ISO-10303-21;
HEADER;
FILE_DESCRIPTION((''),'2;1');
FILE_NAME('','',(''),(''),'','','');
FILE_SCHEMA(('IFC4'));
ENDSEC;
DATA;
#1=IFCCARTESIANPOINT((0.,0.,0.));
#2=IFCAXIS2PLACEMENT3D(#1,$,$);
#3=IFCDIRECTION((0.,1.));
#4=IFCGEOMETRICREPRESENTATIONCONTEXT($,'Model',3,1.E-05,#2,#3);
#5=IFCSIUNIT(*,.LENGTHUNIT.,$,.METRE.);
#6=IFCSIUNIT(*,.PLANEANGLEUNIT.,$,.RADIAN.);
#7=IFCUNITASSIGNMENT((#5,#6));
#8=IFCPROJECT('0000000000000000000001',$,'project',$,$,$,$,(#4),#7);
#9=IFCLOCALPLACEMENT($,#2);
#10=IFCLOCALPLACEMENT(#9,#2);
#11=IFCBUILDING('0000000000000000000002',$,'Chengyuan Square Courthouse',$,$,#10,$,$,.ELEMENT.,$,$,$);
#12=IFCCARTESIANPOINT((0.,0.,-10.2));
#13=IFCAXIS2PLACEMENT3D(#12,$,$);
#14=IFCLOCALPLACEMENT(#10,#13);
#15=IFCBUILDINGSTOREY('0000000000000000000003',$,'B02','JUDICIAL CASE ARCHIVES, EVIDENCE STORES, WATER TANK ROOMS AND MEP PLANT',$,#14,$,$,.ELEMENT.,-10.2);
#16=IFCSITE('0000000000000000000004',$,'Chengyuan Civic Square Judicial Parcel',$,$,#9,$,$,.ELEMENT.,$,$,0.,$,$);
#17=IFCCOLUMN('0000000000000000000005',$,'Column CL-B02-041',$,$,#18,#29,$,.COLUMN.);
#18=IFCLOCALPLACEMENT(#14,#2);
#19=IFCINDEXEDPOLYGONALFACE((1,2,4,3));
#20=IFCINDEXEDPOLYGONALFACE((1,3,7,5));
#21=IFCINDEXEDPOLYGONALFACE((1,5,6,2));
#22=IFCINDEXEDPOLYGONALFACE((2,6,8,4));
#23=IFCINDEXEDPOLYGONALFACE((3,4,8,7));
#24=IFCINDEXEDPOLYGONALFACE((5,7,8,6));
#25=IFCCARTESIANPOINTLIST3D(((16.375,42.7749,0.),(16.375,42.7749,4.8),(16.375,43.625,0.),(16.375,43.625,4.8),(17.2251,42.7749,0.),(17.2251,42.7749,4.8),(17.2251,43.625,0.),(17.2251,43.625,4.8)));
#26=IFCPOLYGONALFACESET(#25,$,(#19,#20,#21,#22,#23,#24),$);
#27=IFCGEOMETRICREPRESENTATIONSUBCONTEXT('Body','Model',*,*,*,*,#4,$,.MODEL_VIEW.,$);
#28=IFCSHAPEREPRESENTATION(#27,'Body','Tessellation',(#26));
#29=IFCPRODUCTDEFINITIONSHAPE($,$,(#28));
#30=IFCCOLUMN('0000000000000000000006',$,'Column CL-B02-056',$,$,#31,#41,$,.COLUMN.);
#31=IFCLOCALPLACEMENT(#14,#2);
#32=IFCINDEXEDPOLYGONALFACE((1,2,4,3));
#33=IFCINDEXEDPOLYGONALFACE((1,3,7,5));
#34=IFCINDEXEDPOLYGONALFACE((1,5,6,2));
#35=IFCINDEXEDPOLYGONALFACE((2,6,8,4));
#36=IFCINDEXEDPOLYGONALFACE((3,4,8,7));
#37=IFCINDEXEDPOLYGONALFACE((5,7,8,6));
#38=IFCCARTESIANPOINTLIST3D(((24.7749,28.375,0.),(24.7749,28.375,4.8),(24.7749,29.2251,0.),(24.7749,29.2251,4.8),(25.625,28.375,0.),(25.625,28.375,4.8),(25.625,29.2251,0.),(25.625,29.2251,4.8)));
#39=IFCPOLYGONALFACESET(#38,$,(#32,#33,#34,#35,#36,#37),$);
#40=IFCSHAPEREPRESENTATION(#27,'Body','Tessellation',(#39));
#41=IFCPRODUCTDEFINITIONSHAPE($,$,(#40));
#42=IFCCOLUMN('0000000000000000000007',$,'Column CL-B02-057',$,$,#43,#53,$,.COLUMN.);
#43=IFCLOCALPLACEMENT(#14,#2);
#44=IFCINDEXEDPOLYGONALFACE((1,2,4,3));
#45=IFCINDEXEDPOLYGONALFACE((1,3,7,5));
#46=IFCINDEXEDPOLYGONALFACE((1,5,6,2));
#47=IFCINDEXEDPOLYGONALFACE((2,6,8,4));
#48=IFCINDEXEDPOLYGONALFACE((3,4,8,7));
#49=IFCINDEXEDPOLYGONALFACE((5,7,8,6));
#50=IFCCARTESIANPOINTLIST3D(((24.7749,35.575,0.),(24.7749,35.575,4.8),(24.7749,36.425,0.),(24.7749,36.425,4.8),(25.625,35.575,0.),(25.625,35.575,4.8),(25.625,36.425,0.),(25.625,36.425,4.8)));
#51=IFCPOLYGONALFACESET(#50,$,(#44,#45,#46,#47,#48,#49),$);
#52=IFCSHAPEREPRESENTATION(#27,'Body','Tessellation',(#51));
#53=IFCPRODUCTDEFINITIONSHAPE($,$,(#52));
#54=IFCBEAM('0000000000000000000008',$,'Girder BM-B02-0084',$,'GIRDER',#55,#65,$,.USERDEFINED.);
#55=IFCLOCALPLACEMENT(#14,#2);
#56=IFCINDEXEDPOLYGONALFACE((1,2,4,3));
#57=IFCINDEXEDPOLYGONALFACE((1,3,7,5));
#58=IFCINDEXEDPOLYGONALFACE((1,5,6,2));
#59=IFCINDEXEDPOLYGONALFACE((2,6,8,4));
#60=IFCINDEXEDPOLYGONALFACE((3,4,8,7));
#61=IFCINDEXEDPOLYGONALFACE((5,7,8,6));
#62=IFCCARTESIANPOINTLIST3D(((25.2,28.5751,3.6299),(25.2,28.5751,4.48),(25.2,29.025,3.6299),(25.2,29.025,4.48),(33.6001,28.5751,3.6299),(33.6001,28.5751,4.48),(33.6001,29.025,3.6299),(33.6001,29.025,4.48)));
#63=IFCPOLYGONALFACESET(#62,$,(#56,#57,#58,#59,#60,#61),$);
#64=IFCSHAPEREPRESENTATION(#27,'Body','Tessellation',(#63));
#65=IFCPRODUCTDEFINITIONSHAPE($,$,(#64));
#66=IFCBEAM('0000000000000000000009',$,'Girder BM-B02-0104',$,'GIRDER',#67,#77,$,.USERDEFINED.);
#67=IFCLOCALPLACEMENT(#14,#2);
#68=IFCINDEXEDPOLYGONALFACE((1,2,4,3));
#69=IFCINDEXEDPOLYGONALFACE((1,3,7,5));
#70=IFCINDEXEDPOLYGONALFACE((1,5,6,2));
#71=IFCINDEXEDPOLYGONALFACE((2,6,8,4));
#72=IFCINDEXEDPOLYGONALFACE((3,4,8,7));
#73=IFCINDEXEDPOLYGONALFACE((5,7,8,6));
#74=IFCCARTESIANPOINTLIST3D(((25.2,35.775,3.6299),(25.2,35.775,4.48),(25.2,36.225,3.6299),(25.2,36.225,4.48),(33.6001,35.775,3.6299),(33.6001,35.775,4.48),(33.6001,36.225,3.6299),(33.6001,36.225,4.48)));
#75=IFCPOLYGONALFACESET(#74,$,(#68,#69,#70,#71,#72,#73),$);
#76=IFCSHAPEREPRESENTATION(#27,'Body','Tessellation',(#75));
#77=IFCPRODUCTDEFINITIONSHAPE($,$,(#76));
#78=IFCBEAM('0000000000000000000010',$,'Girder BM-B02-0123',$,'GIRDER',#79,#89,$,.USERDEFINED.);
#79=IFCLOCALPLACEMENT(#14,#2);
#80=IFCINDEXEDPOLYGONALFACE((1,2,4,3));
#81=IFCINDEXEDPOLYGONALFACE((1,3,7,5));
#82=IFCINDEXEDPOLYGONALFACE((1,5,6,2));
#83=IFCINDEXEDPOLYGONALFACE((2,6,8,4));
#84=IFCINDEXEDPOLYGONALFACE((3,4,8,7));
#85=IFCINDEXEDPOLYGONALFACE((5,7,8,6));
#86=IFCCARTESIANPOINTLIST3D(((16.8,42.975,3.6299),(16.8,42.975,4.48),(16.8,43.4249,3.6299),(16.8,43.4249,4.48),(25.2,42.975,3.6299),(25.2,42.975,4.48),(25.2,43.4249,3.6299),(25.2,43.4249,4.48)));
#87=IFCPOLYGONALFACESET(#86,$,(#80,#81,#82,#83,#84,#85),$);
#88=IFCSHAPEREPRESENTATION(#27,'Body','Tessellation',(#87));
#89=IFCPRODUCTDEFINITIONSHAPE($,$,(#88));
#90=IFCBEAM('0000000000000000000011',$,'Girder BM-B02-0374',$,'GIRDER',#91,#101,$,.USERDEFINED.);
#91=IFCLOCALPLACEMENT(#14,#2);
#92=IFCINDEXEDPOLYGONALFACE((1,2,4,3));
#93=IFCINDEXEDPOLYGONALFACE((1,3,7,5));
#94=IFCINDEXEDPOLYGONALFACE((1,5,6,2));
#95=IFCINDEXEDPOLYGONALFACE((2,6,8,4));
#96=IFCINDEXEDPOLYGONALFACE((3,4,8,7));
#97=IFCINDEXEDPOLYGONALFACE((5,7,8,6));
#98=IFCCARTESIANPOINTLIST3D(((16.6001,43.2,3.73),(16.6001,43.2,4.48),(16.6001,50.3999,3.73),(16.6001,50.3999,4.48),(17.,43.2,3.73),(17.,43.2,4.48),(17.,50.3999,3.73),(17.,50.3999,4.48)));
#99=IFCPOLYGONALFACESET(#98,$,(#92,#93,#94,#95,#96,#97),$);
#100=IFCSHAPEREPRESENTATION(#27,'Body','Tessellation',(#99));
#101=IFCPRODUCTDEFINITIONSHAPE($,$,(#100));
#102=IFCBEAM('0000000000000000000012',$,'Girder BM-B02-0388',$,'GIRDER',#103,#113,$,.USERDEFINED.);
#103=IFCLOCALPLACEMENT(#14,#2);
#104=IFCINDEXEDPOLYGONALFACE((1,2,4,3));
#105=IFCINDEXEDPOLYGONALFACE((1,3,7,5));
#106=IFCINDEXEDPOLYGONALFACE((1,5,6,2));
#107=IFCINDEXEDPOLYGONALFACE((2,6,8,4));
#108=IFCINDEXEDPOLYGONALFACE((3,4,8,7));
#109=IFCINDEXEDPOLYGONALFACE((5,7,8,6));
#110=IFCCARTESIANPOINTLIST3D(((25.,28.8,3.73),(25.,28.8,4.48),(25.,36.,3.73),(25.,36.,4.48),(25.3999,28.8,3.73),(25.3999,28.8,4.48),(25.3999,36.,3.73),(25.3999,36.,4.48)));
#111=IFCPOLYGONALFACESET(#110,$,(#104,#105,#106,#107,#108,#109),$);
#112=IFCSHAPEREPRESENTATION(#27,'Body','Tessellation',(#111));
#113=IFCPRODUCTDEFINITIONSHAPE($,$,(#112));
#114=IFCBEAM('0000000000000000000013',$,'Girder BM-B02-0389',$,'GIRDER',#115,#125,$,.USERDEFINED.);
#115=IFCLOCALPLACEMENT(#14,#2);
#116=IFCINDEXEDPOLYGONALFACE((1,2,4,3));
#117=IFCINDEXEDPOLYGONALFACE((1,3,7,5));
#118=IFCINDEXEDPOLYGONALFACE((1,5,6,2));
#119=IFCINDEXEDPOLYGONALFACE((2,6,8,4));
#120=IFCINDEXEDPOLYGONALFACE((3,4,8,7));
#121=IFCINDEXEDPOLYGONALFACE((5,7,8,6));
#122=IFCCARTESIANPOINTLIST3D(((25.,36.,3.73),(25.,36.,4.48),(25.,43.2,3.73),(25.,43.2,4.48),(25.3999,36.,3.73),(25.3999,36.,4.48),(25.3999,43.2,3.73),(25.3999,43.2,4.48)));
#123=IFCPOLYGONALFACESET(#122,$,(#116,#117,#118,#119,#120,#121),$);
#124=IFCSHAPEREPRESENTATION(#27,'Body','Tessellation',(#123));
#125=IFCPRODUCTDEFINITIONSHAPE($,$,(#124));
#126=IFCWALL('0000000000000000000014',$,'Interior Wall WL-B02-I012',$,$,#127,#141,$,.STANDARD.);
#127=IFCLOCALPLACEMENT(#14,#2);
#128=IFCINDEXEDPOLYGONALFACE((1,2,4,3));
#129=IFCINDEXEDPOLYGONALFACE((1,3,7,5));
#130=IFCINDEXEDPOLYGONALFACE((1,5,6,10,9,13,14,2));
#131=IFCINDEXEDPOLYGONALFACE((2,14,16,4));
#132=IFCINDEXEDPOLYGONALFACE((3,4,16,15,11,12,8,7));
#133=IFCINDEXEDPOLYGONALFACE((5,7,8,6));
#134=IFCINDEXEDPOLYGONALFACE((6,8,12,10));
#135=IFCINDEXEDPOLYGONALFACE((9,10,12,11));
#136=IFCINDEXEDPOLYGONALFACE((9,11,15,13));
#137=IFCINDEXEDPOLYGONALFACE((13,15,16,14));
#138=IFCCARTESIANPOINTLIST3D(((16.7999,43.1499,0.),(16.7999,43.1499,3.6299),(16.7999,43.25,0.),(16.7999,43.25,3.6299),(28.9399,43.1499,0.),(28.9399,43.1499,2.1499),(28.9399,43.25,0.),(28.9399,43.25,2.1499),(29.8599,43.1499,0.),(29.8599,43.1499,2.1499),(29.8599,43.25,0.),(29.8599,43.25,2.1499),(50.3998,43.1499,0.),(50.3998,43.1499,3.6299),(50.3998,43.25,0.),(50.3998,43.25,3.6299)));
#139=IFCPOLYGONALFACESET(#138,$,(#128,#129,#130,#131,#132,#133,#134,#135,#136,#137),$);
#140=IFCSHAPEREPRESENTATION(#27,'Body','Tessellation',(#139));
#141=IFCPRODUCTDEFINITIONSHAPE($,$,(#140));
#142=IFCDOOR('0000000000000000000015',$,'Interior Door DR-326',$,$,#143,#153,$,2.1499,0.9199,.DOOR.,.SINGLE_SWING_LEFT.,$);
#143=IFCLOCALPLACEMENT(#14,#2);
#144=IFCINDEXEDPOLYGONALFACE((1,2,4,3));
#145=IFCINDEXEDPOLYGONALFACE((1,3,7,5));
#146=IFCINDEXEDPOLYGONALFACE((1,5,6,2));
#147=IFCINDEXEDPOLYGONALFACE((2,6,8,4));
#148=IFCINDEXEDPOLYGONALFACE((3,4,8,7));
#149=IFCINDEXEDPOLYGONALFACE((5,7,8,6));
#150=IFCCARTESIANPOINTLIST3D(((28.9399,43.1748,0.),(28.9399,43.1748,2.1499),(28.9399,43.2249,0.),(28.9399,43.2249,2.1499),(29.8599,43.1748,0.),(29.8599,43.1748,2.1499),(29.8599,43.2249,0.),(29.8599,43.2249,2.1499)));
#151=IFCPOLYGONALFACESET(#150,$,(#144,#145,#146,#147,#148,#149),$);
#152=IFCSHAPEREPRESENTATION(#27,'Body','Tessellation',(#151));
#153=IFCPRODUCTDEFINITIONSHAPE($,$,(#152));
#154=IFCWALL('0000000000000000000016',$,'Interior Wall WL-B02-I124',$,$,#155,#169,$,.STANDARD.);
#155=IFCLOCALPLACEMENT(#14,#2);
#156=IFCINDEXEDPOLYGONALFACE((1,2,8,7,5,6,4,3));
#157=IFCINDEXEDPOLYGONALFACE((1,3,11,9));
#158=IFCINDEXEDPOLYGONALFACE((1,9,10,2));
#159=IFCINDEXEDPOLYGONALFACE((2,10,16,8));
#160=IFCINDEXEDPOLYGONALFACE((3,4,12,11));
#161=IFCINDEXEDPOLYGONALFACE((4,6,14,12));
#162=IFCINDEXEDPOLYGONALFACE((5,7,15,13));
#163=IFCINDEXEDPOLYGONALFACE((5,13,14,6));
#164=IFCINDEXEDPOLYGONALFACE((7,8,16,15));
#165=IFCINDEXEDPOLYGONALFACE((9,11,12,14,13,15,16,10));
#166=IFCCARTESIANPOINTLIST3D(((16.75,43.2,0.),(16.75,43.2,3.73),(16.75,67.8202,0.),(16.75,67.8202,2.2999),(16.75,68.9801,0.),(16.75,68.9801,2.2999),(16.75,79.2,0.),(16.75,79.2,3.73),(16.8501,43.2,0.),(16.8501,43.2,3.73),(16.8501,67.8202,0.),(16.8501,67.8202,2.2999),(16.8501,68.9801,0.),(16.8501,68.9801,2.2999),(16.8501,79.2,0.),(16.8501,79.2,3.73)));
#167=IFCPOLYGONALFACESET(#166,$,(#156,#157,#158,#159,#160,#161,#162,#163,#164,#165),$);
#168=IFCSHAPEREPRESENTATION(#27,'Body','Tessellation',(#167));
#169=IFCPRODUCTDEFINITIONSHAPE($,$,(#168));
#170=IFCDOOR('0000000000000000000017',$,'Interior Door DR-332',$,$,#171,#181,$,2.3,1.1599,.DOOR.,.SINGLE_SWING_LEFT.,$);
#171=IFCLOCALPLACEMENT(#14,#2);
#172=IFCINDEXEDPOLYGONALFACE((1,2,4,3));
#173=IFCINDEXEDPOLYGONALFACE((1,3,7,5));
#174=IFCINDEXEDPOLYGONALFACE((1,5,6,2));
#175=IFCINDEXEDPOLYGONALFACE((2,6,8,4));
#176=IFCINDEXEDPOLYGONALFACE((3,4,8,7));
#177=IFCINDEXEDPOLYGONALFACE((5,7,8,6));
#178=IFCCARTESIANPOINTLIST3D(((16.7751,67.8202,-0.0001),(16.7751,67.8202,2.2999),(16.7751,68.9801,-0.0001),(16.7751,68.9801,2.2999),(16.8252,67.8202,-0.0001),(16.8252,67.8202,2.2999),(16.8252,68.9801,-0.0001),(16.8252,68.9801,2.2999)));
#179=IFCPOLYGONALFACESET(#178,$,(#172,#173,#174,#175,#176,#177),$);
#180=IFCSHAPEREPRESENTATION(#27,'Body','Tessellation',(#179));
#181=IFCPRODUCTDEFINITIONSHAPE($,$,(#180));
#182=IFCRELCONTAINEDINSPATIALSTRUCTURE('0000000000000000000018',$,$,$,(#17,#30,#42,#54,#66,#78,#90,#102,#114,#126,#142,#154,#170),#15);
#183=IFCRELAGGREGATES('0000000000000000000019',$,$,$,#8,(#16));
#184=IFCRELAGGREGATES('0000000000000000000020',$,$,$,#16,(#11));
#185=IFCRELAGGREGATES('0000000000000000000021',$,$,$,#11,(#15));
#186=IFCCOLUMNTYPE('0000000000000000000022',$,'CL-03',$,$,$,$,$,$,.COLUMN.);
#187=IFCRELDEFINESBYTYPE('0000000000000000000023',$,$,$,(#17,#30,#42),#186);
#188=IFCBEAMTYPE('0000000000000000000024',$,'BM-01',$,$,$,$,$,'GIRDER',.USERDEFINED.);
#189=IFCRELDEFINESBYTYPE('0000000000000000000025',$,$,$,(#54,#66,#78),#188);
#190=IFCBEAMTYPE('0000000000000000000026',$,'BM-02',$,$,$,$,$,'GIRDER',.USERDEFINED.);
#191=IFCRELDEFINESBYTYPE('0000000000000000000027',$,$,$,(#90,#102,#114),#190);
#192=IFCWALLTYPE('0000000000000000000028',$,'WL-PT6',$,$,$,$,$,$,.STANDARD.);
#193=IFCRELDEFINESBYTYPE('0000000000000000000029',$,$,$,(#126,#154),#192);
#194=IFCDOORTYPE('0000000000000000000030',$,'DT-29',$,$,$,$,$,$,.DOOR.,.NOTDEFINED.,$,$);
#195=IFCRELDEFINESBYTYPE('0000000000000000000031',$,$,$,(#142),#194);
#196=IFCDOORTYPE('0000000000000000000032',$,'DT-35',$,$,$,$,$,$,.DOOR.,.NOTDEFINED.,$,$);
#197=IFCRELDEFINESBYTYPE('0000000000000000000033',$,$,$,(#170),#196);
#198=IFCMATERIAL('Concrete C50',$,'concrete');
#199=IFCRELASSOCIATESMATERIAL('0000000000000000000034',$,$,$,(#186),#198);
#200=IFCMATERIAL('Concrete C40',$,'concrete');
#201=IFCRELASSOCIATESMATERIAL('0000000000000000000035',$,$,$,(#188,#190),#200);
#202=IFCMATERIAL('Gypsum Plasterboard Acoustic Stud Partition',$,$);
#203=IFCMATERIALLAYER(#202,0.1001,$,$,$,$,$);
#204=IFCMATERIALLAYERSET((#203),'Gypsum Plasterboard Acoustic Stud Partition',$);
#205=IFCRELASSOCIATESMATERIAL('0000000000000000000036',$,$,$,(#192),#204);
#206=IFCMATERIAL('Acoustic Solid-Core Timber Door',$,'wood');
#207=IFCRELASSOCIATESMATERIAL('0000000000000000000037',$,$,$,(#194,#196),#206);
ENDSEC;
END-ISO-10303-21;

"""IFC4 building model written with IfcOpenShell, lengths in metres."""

from ifc_helpers import new_model, si_unit, direction, frame, frame_2d, origin, origin_2d, place, context, subcontext, project, spatial, rectangle, extrude, material, layer, layer_set, material_profile, profile_set, type_object, element, fill, save


model = new_model("IFC4")

# Units and contexts
model_context = context("Model", 3, precision=1e-05, world=origin(), true_north=direction((0.0, 1.0)))
body_context = subcontext(model_context, "Body", "Model", "MODEL_VIEW")
ifc_project = project(units=[si_unit("LENGTHUNIT", "METRE"), si_unit("PLANEANGLEUNIT", "RADIAN")], contexts=[model_context])

# Site, building, storey
site_placement = place(None, origin())
site = spatial("IfcSite", under=ifc_project, at=site_placement, Name="Chengyuan Civic Square Judicial Parcel", CompositionType="ELEMENT", RefElevation=0.0)
building_placement = place(site_placement, origin())
building = spatial("IfcBuilding", under=site, at=building_placement, Name="Chengyuan Square Courthouse", CompositionType="ELEMENT")
storey_placement = place(building_placement, frame((0.0, 0.0, -10.2)))
storey = spatial("IfcBuildingStorey", under=building, at=storey_placement, Name="B02", Description="JUDICIAL CASE ARCHIVES, EVIDENCE STORES, WATER TANK ROOMS AND MEP PLANT", CompositionType="ELEMENT", Elevation=-10.2)

# Shared definitions
ifc_material_1 = material(Name="Concrete C40", Category="concrete")

# Columns
ifc_material_2 = material(Name="Concrete C50", Category="concrete")
ifc_material_profile_1 = material_profile(ifc_material_2, rectangle(XDim=0.8501, YDim=0.8501, at=origin_2d()), Name="RC-COL-850x850")
ifc_profile_set_1 = profile_set([ifc_material_profile_1], Name="Concrete C50")
column_type = type_object("IfcColumnType", Name="CL-03", PredefinedType="COLUMN", material=ifc_profile_set_1)
for number, where, z_axis, x_axis, name in (
    (1, (16.8, 43.2, 0.0), (0.0, 0.0, 1.0), (1.0, 0.0, 0.0), "Column CL-B02-041"),
    (2, (25.2, 28.8, 0.0), (0.0, 0.0, 1.0), (1.0, 0.0, 0.0), "Column CL-B02-056"),
    (3, (25.2, 36.0, 0.0), (0.0, 0.0, 1.0), (1.0, 0.0, 0.0), "Column CL-B02-057"),
):
    element("IfcColumn", number, at=place(storey_placement, frame(where, z_axis=z_axis, x_axis=x_axis)), inside=storey, type_object=column_type, Name=name, PredefinedType="COLUMN", context=body_context, shape_type="SweptSolid", body=[
        extrude(rectangle(XDim=0.8501, YDim=0.8501, at=origin_2d()), origin(), (0.0, 0.0, 1.0), 4.8),
    ])

# Beams
ifc_material_profile_2 = material_profile(ifc_material_1, rectangle(XDim=0.45, YDim=0.8501, at=origin_2d()), Name="RC-BM-450x850")
ifc_profile_set_2 = profile_set([ifc_material_profile_2], Name="Concrete C40")
beam_type_1 = type_object("IfcBeamType", Name="BM-01", ElementType="GIRDER", PredefinedType="USERDEFINED", material=ifc_profile_set_2)
for number, where, z_axis, x_axis, name in (
    (4, (25.2, 28.8, 4.0549), (1.0, 0.0, 0.0), (0.0, 1.0, 0.0), "Girder BM-B02-0084"),
    (5, (25.2, 36.0, 4.0549), (1.0, 0.0, 0.0), (0.0, 1.0, 0.0), "Girder BM-B02-0104"),
):
    element("IfcBeam", number, at=place(storey_placement, frame(where, z_axis=z_axis, x_axis=x_axis)), inside=storey, type_object=beam_type_1, Name=name, ObjectType="GIRDER", PredefinedType="USERDEFINED", context=body_context, shape_type="SweptSolid", body=[
        extrude(rectangle(XDim=0.45, YDim=0.8501, at=origin_2d()), origin(), (0.0, 0.0, 1.0), 8.4001),
    ])
beam_placement = place(storey_placement, frame((16.8, 43.2, 4.0549), z_axis=(1.0, 0.0, 0.0), x_axis=(0.0, 1.0, 0.0)))
element("IfcBeam", 6, at=beam_placement, inside=storey, type_object=beam_type_1, Name="Girder BM-B02-0123", ObjectType="GIRDER", PredefinedType="USERDEFINED", context=body_context, shape_type="SweptSolid", body=[
    extrude(rectangle(XDim=0.45, YDim=0.8501, at=origin_2d()), origin(), (0.0, 0.0, 1.0), 8.3999),
])
ifc_material_profile_3 = material_profile(ifc_material_1, rectangle(XDim=0.3999, YDim=0.75, at=origin_2d()), Name="RC-BM-400x750")
ifc_profile_set_3 = profile_set([ifc_material_profile_3], Name="Concrete C40")
beam_type_2 = type_object("IfcBeamType", Name="BM-02", ElementType="GIRDER", PredefinedType="USERDEFINED", material=ifc_profile_set_3)
for number, where, z_axis, x_axis, name in (
    (7, (16.8, 43.2, 4.105), (0.0, 1.0, 0.0), (-1.0, 0.0, 0.0), "Girder BM-B02-0374"),
    (8, (25.2, 28.8, 4.105), (0.0, 1.0, 0.0), (-1.0, 0.0, 0.0), "Girder BM-B02-0388"),
    (9, (25.2, 36.0, 4.105), (0.0, 1.0, 0.0), (-1.0, 0.0, 0.0), "Girder BM-B02-0389"),
):
    element("IfcBeam", number, at=place(storey_placement, frame(where, z_axis=z_axis, x_axis=x_axis)), inside=storey, type_object=beam_type_2, Name=name, ObjectType="GIRDER", PredefinedType="USERDEFINED", context=body_context, shape_type="SweptSolid", body=[
        extrude(rectangle(XDim=0.3999, YDim=0.75, at=origin_2d()), origin(), (0.0, 0.0, 1.0), 7.2),
    ])

# Walls, openings, doors
ifc_material_3 = material(Name="Gypsum Plasterboard Acoustic Stud Partition")
ifc_layer = layer(ifc_material_3, 0.1001)
ifc_layer_set = layer_set([ifc_layer], Name="Gypsum Plasterboard Acoustic Stud Partition")
wall_type = type_object("IfcWallType", Name="WL-PT6", PredefinedType="STANDARD", material=ifc_layer_set)
wall_1_placement = place(storey_placement, frame((16.8, 43.2, 0.0), z_axis=(0.0, 0.0, 1.0), x_axis=(1.0, 0.0, 0.0)))
wall_1 = element("IfcWall", 10, at=wall_1_placement, inside=storey, type_object=wall_type, Name="Interior Wall WL-B02-I012", PredefinedType="STANDARD", context=body_context, shape_type="SweptSolid", body=[
    extrude(rectangle(XDim=33.5999, YDim=0.1001, at=frame_2d((16.7998, 0.0))), origin(), (0.0, 0.0, 1.0), 3.6299),
])
opening_1_placement = place(wall_1_placement, frame((12.1399, 0.0, 0.0)))
opening_1 = element("IfcOpeningElement", 11, at=opening_1_placement, cuts=wall_1, PredefinedType="OPENING", context=body_context, shape_type="SweptSolid", body=[
    extrude(rectangle(XDim=0.9199, YDim=2.1499, at=frame_2d((0.46, 1.075))), frame((0.0, 0.062, 0.0), z_axis=(0.0, -1.0, 0.0), x_axis=(1.0, 0.0, 0.0)), (0.0, 0.0, 1.0), 0.124),
])
ifc_material_4 = material(Name="Acoustic Solid-Core Timber Door", Category="wood")
door_type_1 = type_object("IfcDoorType", Name="DT-29", OperationType="NOTDEFINED", PredefinedType="DOOR", material=ifc_material_4)
door_1_placement = place(opening_1_placement, origin())
door_1 = element("IfcDoor", 12, at=door_1_placement, inside=storey, type_object=door_type_1, Name="Interior Door DR-326", OperationType="SINGLE_SWING_LEFT", OverallHeight=2.1499, OverallWidth=0.9199, PredefinedType="DOOR", context=body_context, shape_type="SweptSolid", body=[
    extrude(rectangle(XDim=0.9199, YDim=2.1499, at=frame_2d((0.46, 1.075))), frame((0.0, 0.0249, 0.0), z_axis=(0.0, -1.0, 0.0), x_axis=(1.0, 0.0, 0.0)), (0.0, 0.0, 1.0), 0.05),
])
fill(opening_1, door_1)
wall_2_placement = place(storey_placement, frame((16.8, 43.2, 0.0), z_axis=(0.0, 0.0, 1.0), x_axis=(0.0, 1.0, 0.0)))
wall_2 = element("IfcWall", 13, at=wall_2_placement, inside=storey, type_object=wall_type, Name="Interior Wall WL-B02-I124", PredefinedType="STANDARD", context=body_context, shape_type="SweptSolid", body=[
    extrude(rectangle(XDim=36.0, YDim=0.1001, at=frame_2d((18.0, 0.0))), origin(), (0.0, 0.0, 1.0), 3.73),
])
opening_2_placement = place(wall_2_placement, frame((24.6201, 0.0, 0.0)))
opening_2 = element("IfcOpeningElement", 14, at=opening_2_placement, cuts=wall_2, PredefinedType="OPENING", context=body_context, shape_type="SweptSolid", body=[
    extrude(rectangle(XDim=1.1599, YDim=2.3, at=frame_2d((0.5801, 1.1499))), frame((0.0, 0.062, 0.0), z_axis=(0.0, -1.0, 0.0), x_axis=(1.0, 0.0, 0.0)), (0.0, 0.0, 1.0), 0.124),
])
door_type_2 = type_object("IfcDoorType", Name="DT-35", OperationType="NOTDEFINED", PredefinedType="DOOR", material=ifc_material_4)
door_2_placement = place(opening_2_placement, origin())
door_2 = element("IfcDoor", 15, at=door_2_placement, inside=storey, type_object=door_type_2, Name="Interior Door DR-332", OperationType="SINGLE_SWING_LEFT", OverallHeight=2.3, OverallWidth=1.1599, PredefinedType="DOOR", context=body_context, shape_type="SweptSolid", body=[
    extrude(rectangle(XDim=1.1599, YDim=2.3, at=frame_2d((0.5801, 1.1499))), frame((0.0, 0.0249, 0.0), z_axis=(0.0, -1.0, 0.0), x_axis=(1.0, 0.0, 0.0)), (0.0, 0.0, 1.0), 0.05),
])
fill(opening_2, door_2)

save(model, "model.ifc")
